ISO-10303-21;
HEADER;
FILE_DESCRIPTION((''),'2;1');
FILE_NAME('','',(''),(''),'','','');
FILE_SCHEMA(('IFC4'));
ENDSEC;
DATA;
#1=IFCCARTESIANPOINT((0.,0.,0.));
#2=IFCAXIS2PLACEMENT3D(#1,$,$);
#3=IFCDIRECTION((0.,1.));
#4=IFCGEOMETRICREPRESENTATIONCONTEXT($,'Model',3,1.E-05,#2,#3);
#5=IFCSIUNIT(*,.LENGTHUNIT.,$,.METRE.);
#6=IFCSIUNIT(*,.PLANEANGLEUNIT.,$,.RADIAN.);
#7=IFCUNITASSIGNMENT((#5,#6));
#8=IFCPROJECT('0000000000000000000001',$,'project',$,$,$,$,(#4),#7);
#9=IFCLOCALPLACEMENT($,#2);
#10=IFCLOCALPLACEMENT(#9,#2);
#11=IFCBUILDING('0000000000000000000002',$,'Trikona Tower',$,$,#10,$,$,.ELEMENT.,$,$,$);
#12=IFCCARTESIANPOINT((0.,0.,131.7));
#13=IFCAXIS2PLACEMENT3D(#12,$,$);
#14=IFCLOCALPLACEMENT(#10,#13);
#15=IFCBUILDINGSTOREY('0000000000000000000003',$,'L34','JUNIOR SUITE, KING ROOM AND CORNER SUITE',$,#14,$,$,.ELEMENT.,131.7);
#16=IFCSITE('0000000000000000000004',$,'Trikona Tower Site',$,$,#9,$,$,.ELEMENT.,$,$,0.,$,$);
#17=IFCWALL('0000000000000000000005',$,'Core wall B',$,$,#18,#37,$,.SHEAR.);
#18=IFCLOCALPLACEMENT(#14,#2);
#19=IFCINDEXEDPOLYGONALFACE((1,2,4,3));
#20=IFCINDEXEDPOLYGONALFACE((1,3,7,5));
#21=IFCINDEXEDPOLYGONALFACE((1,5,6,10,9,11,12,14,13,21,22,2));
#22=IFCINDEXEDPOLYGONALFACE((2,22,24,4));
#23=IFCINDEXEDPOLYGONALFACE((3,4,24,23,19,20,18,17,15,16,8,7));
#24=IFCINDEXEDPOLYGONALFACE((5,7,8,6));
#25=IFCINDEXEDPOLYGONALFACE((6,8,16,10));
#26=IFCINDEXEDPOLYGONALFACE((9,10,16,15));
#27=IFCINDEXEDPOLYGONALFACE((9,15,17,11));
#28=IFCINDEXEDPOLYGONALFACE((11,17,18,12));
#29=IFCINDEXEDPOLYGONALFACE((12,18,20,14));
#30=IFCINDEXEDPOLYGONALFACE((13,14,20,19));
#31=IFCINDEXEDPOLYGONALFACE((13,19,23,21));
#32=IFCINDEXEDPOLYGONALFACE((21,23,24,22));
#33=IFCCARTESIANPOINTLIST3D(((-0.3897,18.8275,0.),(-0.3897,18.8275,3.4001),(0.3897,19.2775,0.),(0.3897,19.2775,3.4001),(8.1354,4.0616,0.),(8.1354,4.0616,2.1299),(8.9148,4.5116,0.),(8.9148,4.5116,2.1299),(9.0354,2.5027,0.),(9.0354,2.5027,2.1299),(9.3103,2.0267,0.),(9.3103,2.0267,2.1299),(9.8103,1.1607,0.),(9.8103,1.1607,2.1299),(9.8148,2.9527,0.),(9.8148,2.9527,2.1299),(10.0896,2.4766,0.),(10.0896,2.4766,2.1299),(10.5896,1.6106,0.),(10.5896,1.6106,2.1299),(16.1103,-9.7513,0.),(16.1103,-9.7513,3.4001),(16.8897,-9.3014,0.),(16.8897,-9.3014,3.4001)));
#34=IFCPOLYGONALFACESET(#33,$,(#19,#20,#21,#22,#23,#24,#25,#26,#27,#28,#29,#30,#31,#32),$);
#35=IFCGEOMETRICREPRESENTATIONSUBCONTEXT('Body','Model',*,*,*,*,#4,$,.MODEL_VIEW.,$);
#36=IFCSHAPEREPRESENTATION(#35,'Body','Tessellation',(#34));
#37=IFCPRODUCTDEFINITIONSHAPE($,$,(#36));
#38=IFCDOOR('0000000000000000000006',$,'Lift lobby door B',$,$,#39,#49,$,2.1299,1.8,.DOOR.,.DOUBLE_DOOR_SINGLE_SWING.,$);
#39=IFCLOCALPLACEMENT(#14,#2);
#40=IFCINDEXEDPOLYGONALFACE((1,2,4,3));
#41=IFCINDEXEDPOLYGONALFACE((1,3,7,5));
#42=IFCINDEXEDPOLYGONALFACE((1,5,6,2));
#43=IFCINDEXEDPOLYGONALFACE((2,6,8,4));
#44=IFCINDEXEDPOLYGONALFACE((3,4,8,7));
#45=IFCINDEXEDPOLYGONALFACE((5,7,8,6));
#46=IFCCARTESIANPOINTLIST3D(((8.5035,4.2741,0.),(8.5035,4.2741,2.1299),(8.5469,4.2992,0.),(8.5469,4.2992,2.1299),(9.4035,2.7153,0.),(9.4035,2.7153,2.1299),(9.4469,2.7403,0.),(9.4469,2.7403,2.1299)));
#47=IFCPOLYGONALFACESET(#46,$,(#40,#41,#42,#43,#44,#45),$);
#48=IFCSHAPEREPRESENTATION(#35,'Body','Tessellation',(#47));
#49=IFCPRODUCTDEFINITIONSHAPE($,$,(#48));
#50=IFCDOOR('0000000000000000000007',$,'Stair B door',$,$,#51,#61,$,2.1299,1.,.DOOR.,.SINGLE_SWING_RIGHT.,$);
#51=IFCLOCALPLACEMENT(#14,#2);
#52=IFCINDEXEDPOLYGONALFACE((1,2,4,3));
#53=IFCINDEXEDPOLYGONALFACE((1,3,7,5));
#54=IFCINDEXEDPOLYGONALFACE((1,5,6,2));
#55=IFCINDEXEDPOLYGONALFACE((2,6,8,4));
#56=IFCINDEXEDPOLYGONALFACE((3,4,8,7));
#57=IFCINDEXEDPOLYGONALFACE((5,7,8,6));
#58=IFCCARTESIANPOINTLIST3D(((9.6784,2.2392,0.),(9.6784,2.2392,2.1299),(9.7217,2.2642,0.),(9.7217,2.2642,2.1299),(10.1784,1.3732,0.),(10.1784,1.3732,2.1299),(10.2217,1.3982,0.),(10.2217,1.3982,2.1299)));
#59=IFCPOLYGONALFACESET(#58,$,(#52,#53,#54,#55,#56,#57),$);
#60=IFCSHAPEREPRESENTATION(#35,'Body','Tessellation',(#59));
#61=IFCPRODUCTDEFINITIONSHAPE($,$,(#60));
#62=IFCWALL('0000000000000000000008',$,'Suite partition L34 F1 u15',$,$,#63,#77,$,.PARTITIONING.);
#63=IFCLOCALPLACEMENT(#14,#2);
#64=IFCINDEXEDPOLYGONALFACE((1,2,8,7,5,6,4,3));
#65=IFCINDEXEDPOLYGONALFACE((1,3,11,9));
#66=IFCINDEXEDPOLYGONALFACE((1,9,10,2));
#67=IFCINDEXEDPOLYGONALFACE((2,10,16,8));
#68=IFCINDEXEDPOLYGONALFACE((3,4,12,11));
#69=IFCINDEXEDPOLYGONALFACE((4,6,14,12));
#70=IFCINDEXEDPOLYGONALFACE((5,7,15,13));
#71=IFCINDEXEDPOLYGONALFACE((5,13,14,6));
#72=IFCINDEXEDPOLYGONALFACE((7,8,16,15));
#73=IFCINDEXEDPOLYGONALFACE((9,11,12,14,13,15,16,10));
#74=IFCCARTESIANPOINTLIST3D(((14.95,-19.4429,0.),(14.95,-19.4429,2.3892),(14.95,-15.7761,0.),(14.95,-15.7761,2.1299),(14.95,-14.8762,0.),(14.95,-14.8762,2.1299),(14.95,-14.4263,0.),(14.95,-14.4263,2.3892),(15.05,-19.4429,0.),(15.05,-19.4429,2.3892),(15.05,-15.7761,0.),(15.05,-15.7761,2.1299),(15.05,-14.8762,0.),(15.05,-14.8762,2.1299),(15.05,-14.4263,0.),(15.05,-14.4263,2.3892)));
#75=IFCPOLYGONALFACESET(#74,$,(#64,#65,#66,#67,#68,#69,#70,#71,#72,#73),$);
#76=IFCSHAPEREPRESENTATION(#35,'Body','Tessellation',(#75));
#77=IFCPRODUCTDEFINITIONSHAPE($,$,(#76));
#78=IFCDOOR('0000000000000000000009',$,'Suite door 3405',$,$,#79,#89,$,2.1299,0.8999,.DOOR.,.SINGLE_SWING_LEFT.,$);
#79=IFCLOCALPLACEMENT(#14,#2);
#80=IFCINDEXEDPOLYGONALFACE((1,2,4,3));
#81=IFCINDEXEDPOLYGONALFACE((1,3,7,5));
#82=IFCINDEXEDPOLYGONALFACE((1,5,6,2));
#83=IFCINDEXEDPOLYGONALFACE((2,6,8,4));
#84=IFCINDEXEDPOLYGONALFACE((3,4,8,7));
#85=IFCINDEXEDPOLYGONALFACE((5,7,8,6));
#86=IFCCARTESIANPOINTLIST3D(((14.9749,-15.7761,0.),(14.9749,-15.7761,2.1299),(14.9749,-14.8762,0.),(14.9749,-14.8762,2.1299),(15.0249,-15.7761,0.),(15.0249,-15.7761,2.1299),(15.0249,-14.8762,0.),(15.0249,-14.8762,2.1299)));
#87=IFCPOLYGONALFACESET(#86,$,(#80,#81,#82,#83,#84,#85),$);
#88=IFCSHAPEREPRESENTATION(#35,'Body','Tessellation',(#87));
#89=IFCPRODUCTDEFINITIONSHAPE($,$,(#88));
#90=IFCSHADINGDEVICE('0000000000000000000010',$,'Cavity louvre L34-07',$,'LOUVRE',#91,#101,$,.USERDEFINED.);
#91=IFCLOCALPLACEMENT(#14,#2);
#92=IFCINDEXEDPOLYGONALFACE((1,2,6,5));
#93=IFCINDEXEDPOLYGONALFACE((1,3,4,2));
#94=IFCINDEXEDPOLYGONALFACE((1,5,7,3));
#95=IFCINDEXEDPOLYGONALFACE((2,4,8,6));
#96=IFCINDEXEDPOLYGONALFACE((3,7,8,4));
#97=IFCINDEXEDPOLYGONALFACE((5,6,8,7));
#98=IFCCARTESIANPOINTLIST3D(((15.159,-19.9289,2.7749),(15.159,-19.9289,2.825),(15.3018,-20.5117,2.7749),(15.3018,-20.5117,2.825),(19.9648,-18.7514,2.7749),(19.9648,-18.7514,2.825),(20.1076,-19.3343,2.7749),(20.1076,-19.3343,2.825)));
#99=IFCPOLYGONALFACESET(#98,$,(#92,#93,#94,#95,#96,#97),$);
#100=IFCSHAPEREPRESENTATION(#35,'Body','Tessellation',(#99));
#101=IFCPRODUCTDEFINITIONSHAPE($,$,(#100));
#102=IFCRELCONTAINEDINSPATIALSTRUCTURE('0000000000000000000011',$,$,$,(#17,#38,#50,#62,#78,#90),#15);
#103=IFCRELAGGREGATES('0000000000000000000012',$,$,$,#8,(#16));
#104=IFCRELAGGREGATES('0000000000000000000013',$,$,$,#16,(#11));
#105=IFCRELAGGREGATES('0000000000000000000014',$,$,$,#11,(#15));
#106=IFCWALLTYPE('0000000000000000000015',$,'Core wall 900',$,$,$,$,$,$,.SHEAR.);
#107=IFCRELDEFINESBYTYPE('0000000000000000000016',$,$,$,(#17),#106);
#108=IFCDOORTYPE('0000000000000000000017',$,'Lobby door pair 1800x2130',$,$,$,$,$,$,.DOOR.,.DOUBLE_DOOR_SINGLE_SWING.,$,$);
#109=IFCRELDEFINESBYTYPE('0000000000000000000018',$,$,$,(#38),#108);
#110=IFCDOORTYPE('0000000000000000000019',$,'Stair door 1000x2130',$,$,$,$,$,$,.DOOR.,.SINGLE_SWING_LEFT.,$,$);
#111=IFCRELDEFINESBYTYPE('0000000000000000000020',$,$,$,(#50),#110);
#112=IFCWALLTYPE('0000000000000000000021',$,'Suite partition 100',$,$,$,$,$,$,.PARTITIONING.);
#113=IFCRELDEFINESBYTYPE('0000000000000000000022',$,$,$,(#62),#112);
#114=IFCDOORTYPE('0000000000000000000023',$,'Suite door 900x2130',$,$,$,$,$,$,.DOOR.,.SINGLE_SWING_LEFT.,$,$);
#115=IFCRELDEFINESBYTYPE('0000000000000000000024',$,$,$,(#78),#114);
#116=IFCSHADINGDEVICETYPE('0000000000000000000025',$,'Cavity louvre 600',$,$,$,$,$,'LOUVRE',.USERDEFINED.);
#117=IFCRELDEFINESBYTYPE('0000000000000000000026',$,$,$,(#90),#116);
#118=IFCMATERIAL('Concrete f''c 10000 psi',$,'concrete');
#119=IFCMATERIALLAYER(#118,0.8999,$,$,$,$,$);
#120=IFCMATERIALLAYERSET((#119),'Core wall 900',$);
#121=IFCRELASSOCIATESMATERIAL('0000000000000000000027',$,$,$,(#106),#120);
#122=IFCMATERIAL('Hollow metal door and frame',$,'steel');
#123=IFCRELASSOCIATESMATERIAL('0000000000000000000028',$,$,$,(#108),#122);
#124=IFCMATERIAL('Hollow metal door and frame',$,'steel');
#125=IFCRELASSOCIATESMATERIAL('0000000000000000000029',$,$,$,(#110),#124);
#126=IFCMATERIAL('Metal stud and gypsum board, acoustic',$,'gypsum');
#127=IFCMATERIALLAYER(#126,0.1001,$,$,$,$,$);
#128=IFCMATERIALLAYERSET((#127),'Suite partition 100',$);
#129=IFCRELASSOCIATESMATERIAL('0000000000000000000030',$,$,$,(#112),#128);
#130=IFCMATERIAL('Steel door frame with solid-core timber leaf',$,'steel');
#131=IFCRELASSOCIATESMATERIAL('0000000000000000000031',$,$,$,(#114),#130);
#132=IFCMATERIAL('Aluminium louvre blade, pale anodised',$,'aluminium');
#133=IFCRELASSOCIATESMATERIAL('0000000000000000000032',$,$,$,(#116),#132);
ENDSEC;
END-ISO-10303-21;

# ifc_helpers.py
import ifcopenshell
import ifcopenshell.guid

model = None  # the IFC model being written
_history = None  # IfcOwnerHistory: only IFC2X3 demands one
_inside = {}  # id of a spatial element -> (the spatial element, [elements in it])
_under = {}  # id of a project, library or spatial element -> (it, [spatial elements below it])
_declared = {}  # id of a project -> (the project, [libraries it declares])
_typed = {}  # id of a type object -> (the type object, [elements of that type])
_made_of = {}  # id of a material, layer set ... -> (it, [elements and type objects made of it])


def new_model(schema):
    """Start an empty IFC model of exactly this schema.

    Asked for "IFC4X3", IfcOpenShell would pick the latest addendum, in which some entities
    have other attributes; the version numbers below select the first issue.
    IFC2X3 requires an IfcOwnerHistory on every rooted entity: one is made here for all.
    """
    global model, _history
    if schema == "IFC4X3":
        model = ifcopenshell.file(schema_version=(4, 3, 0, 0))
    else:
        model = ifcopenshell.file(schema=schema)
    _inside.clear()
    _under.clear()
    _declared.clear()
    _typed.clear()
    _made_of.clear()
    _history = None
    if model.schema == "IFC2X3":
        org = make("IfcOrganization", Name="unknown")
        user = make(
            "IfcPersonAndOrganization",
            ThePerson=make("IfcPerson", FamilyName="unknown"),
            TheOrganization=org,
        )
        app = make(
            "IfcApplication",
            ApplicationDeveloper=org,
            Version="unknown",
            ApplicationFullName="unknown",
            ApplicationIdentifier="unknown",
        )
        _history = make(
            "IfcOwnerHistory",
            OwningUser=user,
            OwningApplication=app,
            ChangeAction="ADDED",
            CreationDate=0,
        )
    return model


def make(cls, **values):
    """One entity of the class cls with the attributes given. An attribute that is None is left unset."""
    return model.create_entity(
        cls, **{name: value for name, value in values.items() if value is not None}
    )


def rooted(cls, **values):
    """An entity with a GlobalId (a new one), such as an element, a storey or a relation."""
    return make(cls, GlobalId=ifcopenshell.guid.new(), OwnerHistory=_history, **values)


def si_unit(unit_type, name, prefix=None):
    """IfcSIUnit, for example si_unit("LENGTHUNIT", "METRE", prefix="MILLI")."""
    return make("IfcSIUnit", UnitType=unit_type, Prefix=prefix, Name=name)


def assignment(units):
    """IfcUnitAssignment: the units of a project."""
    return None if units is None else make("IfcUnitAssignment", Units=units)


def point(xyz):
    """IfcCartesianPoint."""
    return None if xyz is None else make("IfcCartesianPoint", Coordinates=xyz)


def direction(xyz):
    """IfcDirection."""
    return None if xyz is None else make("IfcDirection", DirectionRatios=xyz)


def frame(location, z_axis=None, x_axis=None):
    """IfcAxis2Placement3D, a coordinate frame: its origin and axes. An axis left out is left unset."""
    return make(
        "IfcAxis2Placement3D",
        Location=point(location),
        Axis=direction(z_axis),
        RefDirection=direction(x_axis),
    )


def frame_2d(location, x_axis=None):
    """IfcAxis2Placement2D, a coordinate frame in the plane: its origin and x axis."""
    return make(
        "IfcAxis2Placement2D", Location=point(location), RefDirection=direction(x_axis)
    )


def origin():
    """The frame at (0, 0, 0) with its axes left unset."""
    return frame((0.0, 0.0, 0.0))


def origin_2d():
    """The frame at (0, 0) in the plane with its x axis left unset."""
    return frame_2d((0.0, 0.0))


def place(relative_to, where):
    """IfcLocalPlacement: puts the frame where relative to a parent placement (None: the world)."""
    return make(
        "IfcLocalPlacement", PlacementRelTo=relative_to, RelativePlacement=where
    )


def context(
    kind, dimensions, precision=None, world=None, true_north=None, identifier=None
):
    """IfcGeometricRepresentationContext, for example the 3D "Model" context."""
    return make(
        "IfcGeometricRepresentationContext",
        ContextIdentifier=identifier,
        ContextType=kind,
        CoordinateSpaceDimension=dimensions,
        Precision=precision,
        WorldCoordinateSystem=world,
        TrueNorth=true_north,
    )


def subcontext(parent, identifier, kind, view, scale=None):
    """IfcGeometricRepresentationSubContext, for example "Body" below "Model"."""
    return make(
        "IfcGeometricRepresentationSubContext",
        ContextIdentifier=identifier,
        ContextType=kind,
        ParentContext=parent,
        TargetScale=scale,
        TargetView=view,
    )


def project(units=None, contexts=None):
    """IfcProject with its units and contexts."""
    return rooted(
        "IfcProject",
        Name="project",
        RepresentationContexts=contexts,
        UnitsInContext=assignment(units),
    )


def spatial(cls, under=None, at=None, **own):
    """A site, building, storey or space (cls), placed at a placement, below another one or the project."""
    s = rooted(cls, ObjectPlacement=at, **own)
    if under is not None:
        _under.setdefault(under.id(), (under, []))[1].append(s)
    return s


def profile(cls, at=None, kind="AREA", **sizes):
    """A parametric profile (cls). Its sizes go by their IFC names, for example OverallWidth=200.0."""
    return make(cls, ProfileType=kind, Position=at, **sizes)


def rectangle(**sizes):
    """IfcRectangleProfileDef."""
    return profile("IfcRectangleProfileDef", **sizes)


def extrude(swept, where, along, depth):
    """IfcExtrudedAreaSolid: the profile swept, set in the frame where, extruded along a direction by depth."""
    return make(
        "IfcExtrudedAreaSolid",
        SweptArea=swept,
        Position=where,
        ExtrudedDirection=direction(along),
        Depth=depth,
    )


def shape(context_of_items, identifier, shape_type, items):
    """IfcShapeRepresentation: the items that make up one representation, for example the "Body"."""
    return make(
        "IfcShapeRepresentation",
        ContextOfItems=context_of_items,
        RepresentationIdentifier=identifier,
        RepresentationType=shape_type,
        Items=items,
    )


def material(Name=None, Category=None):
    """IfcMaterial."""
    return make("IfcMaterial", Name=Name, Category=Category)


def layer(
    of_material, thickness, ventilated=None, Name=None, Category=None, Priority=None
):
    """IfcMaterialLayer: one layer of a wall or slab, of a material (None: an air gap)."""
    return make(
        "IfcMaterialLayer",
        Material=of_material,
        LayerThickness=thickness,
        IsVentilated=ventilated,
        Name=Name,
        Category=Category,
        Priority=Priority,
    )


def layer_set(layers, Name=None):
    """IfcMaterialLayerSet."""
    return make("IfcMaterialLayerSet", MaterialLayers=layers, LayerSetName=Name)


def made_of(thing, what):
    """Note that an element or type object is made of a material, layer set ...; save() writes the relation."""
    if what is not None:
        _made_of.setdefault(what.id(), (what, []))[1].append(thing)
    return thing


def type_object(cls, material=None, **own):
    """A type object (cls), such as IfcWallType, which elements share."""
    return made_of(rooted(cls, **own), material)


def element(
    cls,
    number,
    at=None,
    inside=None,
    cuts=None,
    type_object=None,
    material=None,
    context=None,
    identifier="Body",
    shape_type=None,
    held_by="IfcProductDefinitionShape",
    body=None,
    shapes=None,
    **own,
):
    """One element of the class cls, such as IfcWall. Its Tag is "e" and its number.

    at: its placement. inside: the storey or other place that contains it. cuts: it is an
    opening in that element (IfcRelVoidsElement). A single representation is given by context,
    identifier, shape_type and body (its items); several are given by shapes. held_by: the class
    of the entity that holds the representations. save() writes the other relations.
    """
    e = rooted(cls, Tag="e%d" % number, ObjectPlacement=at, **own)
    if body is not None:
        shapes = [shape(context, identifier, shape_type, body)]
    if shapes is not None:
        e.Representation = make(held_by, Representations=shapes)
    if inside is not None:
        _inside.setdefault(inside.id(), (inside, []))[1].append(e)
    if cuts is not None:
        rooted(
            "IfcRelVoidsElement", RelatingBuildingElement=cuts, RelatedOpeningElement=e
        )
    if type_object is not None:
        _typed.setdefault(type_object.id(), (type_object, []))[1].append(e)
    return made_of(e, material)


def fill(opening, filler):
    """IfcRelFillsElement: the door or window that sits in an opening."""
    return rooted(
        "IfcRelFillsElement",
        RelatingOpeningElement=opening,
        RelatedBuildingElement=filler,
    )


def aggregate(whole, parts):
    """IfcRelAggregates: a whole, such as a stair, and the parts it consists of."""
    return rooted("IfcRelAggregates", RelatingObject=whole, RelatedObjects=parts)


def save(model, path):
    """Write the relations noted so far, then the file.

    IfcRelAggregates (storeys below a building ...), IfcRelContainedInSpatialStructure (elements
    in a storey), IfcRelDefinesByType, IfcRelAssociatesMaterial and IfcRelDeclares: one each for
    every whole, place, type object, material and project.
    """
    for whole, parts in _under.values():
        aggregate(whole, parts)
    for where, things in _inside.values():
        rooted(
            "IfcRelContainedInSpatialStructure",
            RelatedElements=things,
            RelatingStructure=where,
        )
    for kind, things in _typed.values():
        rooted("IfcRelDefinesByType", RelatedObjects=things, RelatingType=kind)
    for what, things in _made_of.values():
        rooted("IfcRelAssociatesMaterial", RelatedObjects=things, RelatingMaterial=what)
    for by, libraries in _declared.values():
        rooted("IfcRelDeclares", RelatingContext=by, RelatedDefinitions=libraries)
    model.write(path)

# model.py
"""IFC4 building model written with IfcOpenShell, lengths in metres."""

from ifc_helpers import new_model, si_unit, direction, frame, frame_2d, origin, origin_2d, place, context, subcontext, project, spatial, rectangle, extrude, material, layer, layer_set, type_object, element, fill, save


model = new_model("IFC4")

# Units and contexts
model_context = context("Model", 3, precision=1e-05, world=origin(), true_north=direction((0.0, 1.0)))
body_context = subcontext(model_context, "Body", "Model", "MODEL_VIEW")
ifc_project = project(units=[si_unit("LENGTHUNIT", "METRE"), si_unit("PLANEANGLEUNIT", "RADIAN")], contexts=[model_context])

# Site, building, storey
site_placement = place(None, origin())
site = spatial("IfcSite", under=ifc_project, at=site_placement, Name="Trikona Tower Site", CompositionType="ELEMENT", RefElevation=0.0)
building_placement = place(site_placement, origin())
building = spatial("IfcBuilding", under=site, at=building_placement, Name="Trikona Tower", CompositionType="ELEMENT")
storey_placement = place(building_placement, frame((0.0, 0.0, 131.7)))
storey = spatial("IfcBuildingStorey", under=building, at=storey_placement, Name="L34", Description="JUNIOR SUITE, KING ROOM AND CORNER SUITE", CompositionType="ELEMENT", Elevation=131.7)

# Wall, openings, doors
ifc_material_1 = material(Name="Concrete f'c 10000 psi", Category="concrete")
ifc_layer_1 = layer(ifc_material_1, 0.8999)
ifc_layer_set_1 = layer_set([ifc_layer_1], Name="Core wall 900")
wall_type_1 = type_object("IfcWallType", Name="Core wall 900", PredefinedType="SHEAR", material=ifc_layer_set_1)
wall_1_placement = place(storey_placement, frame((16.5, -9.5264, 0.0), z_axis=(0.0, 0.0, 1.0), x_axis=(-0.5, 0.866026, 0.0)))
wall_1 = element("IfcWall", 1, at=wall_1_placement, inside=storey, type_object=wall_type_1, Name="Core wall B", PredefinedType="SHEAR", context=body_context, shape_type="SweptSolid", body=[
    extrude(rectangle(XDim=33.0, YDim=0.8999, at=frame_2d((16.5, 0.0))), origin(), (0.0, 0.0, 1.0), 3.4001),
])
opening_1_placement = place(wall_1_placement, frame((14.1499, 0.0, 0.0)))
opening_1 = element("IfcOpeningElement", 2, at=opening_1_placement, cuts=wall_1, PredefinedType="OPENING", context=body_context, shape_type="SweptSolid", body=[
    extrude(rectangle(XDim=1.8, YDim=2.1299, at=frame_2d((0.8999, 1.0649))), frame((0.0, 0.46, 0.0), z_axis=(0.0, -1.0, 0.0), x_axis=(1.0, 0.0, 0.0)), (0.0, 0.0, 1.0), 0.9199),
])
opening_2_placement = place(wall_1_placement, frame((12.6001, 0.0, 0.0)))
opening_2 = element("IfcOpeningElement", 3, at=opening_2_placement, cuts=wall_1, PredefinedType="OPENING", context=body_context, shape_type="SweptSolid", body=[
    extrude(rectangle(XDim=1.0, YDim=2.1299, at=frame_2d((0.5, 1.0649))), frame((0.0, 0.46, 0.0), z_axis=(0.0, -1.0, 0.0), x_axis=(1.0, 0.0, 0.0)), (0.0, 0.0, 1.0), 0.9199),
])
ifc_material_2 = material(Name="Hollow metal door and frame", Category="steel")
door_type_1 = type_object("IfcDoorType", Name="Lobby door pair 1800x2130", OperationType="DOUBLE_DOOR_SINGLE_SWING", PredefinedType="DOOR", material=ifc_material_2)
door_1_placement = place(opening_1_placement, origin())
door_1 = element("IfcDoor", 4, at=door_1_placement, inside=storey, type_object=door_type_1, Name="Lift lobby door B", OperationType="DOUBLE_DOOR_SINGLE_SWING", OverallHeight=2.1299, OverallWidth=1.8, PredefinedType="DOOR", context=body_context, shape_type="SweptSolid", body=[
    extrude(rectangle(XDim=1.8, YDim=2.1299, at=frame_2d((0.8999, 1.0649))), frame((0.0, 0.0249, 0.0), z_axis=(0.0, -1.0, 0.0), x_axis=(1.0, 0.0, 0.0)), (0.0, 0.0, 1.0), 0.05),
])
fill(opening_1, door_1)
ifc_material_3 = material(Name="Hollow metal door and frame", Category="steel")
door_type_2 = type_object("IfcDoorType", Name="Stair door 1000x2130", OperationType="SINGLE_SWING_LEFT", PredefinedType="DOOR", material=ifc_material_3)
door_2_placement = place(opening_2_placement, origin())
door_2 = element("IfcDoor", 5, at=door_2_placement, inside=storey, type_object=door_type_2, Name="Stair B door", OperationType="SINGLE_SWING_RIGHT", OverallHeight=2.1299, OverallWidth=1.0, PredefinedType="DOOR", context=body_context, shape_type="SweptSolid", body=[
    extrude(rectangle(XDim=1.0, YDim=2.1299, at=frame_2d((0.5, 1.0649))), frame((0.0, 0.0249, 0.0), z_axis=(0.0, -1.0, 0.0), x_axis=(1.0, 0.0, 0.0)), (0.0, 0.0, 1.0), 0.05),
])
fill(opening_2, door_2)

# Wall, opening, door
ifc_material_4 = material(Name="Metal stud and gypsum board, acoustic", Category="gypsum")
ifc_layer_2 = layer(ifc_material_4, 0.1001)
ifc_layer_set_2 = layer_set([ifc_layer_2], Name="Suite partition 100")
wall_type_2 = type_object("IfcWallType", Name="Suite partition 100", PredefinedType="PARTITIONING", material=ifc_layer_set_2)
wall_2_placement = place(storey_placement, frame((15.0, -14.4263, 0.0), z_axis=(0.0, 0.0, 1.0), x_axis=(0.0, -1.0, 0.0)))
wall_2 = element("IfcWall", 6, at=wall_2_placement, inside=storey, type_object=wall_type_2, Name="Suite partition L34 F1 u15", PredefinedType="PARTITIONING", context=body_context, shape_type="SweptSolid", body=[
    extrude(rectangle(XDim=5.0166, YDim=0.1001, at=frame_2d((2.5083, 0.0))), origin(), (0.0, 0.0, 1.0), 2.3892),
])
opening_3_placement = place(wall_2_placement, frame((0.45, 0.0, 0.0)))
opening_3 = element("IfcOpeningElement", 7, at=opening_3_placement, cuts=wall_2, PredefinedType="OPENING", context=body_context, shape_type="SweptSolid", body=[
    extrude(rectangle(XDim=0.8999, YDim=2.1299, at=frame_2d((0.45, 1.0649))), frame((0.0, 0.0601, 0.0), z_axis=(0.0, -1.0, 0.0), x_axis=(1.0, 0.0, 0.0)), (0.0, 0.0, 1.0), 0.1201),
])
ifc_material_5 = material(Name="Steel door frame with solid-core timber leaf", Category="steel")
door_type_3 = type_object("IfcDoorType", Name="Suite door 900x2130", OperationType="SINGLE_SWING_LEFT", PredefinedType="DOOR", material=ifc_material_5)
door_3_placement = place(opening_3_placement, origin())
door_3 = element("IfcDoor", 8, at=door_3_placement, inside=storey, type_object=door_type_3, Name="Suite door 3405", OperationType="SINGLE_SWING_LEFT", OverallHeight=2.1299, OverallWidth=0.8999, PredefinedType="DOOR", context=body_context, shape_type="SweptSolid", body=[
    extrude(rectangle(XDim=0.8999, YDim=2.1299, at=frame_2d((0.45, 1.0649))), frame((0.0, 0.0249, 0.0), z_axis=(0.0, -1.0, 0.0), x_axis=(1.0, 0.0, 0.0)), (0.0, 0.0, 1.0), 0.05),
])
fill(opening_3, door_3)

# Shading device
ifc_material_6 = material(Name="Aluminium louvre blade, pale anodised", Category="aluminium")
shading_device_type = type_object("IfcShadingDeviceType", Name="Cavity louvre 600", ElementType="LOUVRE", PredefinedType="USERDEFINED", material=ifc_material_6)
shading_device_placement = place(storey_placement, frame((17.6333, -19.6316, 2.7749), z_axis=(0.0, 0.0, 1.0), x_axis=(0.971274, 0.237962, 0.0)))
element("IfcShadingDevice", 9, at=shading_device_placement, inside=storey, type_object=shading_device_type, Name="Cavity louvre L34-07", ObjectType="LOUVRE", PredefinedType="USERDEFINED", context=body_context, shape_type="SweptSolid", body=[
    extrude(rectangle(XDim=4.948, YDim=0.6001, at=origin_2d()), origin(), (0.0, 0.0, 1.0), 0.05),
])

save(model, "model.ifc")
